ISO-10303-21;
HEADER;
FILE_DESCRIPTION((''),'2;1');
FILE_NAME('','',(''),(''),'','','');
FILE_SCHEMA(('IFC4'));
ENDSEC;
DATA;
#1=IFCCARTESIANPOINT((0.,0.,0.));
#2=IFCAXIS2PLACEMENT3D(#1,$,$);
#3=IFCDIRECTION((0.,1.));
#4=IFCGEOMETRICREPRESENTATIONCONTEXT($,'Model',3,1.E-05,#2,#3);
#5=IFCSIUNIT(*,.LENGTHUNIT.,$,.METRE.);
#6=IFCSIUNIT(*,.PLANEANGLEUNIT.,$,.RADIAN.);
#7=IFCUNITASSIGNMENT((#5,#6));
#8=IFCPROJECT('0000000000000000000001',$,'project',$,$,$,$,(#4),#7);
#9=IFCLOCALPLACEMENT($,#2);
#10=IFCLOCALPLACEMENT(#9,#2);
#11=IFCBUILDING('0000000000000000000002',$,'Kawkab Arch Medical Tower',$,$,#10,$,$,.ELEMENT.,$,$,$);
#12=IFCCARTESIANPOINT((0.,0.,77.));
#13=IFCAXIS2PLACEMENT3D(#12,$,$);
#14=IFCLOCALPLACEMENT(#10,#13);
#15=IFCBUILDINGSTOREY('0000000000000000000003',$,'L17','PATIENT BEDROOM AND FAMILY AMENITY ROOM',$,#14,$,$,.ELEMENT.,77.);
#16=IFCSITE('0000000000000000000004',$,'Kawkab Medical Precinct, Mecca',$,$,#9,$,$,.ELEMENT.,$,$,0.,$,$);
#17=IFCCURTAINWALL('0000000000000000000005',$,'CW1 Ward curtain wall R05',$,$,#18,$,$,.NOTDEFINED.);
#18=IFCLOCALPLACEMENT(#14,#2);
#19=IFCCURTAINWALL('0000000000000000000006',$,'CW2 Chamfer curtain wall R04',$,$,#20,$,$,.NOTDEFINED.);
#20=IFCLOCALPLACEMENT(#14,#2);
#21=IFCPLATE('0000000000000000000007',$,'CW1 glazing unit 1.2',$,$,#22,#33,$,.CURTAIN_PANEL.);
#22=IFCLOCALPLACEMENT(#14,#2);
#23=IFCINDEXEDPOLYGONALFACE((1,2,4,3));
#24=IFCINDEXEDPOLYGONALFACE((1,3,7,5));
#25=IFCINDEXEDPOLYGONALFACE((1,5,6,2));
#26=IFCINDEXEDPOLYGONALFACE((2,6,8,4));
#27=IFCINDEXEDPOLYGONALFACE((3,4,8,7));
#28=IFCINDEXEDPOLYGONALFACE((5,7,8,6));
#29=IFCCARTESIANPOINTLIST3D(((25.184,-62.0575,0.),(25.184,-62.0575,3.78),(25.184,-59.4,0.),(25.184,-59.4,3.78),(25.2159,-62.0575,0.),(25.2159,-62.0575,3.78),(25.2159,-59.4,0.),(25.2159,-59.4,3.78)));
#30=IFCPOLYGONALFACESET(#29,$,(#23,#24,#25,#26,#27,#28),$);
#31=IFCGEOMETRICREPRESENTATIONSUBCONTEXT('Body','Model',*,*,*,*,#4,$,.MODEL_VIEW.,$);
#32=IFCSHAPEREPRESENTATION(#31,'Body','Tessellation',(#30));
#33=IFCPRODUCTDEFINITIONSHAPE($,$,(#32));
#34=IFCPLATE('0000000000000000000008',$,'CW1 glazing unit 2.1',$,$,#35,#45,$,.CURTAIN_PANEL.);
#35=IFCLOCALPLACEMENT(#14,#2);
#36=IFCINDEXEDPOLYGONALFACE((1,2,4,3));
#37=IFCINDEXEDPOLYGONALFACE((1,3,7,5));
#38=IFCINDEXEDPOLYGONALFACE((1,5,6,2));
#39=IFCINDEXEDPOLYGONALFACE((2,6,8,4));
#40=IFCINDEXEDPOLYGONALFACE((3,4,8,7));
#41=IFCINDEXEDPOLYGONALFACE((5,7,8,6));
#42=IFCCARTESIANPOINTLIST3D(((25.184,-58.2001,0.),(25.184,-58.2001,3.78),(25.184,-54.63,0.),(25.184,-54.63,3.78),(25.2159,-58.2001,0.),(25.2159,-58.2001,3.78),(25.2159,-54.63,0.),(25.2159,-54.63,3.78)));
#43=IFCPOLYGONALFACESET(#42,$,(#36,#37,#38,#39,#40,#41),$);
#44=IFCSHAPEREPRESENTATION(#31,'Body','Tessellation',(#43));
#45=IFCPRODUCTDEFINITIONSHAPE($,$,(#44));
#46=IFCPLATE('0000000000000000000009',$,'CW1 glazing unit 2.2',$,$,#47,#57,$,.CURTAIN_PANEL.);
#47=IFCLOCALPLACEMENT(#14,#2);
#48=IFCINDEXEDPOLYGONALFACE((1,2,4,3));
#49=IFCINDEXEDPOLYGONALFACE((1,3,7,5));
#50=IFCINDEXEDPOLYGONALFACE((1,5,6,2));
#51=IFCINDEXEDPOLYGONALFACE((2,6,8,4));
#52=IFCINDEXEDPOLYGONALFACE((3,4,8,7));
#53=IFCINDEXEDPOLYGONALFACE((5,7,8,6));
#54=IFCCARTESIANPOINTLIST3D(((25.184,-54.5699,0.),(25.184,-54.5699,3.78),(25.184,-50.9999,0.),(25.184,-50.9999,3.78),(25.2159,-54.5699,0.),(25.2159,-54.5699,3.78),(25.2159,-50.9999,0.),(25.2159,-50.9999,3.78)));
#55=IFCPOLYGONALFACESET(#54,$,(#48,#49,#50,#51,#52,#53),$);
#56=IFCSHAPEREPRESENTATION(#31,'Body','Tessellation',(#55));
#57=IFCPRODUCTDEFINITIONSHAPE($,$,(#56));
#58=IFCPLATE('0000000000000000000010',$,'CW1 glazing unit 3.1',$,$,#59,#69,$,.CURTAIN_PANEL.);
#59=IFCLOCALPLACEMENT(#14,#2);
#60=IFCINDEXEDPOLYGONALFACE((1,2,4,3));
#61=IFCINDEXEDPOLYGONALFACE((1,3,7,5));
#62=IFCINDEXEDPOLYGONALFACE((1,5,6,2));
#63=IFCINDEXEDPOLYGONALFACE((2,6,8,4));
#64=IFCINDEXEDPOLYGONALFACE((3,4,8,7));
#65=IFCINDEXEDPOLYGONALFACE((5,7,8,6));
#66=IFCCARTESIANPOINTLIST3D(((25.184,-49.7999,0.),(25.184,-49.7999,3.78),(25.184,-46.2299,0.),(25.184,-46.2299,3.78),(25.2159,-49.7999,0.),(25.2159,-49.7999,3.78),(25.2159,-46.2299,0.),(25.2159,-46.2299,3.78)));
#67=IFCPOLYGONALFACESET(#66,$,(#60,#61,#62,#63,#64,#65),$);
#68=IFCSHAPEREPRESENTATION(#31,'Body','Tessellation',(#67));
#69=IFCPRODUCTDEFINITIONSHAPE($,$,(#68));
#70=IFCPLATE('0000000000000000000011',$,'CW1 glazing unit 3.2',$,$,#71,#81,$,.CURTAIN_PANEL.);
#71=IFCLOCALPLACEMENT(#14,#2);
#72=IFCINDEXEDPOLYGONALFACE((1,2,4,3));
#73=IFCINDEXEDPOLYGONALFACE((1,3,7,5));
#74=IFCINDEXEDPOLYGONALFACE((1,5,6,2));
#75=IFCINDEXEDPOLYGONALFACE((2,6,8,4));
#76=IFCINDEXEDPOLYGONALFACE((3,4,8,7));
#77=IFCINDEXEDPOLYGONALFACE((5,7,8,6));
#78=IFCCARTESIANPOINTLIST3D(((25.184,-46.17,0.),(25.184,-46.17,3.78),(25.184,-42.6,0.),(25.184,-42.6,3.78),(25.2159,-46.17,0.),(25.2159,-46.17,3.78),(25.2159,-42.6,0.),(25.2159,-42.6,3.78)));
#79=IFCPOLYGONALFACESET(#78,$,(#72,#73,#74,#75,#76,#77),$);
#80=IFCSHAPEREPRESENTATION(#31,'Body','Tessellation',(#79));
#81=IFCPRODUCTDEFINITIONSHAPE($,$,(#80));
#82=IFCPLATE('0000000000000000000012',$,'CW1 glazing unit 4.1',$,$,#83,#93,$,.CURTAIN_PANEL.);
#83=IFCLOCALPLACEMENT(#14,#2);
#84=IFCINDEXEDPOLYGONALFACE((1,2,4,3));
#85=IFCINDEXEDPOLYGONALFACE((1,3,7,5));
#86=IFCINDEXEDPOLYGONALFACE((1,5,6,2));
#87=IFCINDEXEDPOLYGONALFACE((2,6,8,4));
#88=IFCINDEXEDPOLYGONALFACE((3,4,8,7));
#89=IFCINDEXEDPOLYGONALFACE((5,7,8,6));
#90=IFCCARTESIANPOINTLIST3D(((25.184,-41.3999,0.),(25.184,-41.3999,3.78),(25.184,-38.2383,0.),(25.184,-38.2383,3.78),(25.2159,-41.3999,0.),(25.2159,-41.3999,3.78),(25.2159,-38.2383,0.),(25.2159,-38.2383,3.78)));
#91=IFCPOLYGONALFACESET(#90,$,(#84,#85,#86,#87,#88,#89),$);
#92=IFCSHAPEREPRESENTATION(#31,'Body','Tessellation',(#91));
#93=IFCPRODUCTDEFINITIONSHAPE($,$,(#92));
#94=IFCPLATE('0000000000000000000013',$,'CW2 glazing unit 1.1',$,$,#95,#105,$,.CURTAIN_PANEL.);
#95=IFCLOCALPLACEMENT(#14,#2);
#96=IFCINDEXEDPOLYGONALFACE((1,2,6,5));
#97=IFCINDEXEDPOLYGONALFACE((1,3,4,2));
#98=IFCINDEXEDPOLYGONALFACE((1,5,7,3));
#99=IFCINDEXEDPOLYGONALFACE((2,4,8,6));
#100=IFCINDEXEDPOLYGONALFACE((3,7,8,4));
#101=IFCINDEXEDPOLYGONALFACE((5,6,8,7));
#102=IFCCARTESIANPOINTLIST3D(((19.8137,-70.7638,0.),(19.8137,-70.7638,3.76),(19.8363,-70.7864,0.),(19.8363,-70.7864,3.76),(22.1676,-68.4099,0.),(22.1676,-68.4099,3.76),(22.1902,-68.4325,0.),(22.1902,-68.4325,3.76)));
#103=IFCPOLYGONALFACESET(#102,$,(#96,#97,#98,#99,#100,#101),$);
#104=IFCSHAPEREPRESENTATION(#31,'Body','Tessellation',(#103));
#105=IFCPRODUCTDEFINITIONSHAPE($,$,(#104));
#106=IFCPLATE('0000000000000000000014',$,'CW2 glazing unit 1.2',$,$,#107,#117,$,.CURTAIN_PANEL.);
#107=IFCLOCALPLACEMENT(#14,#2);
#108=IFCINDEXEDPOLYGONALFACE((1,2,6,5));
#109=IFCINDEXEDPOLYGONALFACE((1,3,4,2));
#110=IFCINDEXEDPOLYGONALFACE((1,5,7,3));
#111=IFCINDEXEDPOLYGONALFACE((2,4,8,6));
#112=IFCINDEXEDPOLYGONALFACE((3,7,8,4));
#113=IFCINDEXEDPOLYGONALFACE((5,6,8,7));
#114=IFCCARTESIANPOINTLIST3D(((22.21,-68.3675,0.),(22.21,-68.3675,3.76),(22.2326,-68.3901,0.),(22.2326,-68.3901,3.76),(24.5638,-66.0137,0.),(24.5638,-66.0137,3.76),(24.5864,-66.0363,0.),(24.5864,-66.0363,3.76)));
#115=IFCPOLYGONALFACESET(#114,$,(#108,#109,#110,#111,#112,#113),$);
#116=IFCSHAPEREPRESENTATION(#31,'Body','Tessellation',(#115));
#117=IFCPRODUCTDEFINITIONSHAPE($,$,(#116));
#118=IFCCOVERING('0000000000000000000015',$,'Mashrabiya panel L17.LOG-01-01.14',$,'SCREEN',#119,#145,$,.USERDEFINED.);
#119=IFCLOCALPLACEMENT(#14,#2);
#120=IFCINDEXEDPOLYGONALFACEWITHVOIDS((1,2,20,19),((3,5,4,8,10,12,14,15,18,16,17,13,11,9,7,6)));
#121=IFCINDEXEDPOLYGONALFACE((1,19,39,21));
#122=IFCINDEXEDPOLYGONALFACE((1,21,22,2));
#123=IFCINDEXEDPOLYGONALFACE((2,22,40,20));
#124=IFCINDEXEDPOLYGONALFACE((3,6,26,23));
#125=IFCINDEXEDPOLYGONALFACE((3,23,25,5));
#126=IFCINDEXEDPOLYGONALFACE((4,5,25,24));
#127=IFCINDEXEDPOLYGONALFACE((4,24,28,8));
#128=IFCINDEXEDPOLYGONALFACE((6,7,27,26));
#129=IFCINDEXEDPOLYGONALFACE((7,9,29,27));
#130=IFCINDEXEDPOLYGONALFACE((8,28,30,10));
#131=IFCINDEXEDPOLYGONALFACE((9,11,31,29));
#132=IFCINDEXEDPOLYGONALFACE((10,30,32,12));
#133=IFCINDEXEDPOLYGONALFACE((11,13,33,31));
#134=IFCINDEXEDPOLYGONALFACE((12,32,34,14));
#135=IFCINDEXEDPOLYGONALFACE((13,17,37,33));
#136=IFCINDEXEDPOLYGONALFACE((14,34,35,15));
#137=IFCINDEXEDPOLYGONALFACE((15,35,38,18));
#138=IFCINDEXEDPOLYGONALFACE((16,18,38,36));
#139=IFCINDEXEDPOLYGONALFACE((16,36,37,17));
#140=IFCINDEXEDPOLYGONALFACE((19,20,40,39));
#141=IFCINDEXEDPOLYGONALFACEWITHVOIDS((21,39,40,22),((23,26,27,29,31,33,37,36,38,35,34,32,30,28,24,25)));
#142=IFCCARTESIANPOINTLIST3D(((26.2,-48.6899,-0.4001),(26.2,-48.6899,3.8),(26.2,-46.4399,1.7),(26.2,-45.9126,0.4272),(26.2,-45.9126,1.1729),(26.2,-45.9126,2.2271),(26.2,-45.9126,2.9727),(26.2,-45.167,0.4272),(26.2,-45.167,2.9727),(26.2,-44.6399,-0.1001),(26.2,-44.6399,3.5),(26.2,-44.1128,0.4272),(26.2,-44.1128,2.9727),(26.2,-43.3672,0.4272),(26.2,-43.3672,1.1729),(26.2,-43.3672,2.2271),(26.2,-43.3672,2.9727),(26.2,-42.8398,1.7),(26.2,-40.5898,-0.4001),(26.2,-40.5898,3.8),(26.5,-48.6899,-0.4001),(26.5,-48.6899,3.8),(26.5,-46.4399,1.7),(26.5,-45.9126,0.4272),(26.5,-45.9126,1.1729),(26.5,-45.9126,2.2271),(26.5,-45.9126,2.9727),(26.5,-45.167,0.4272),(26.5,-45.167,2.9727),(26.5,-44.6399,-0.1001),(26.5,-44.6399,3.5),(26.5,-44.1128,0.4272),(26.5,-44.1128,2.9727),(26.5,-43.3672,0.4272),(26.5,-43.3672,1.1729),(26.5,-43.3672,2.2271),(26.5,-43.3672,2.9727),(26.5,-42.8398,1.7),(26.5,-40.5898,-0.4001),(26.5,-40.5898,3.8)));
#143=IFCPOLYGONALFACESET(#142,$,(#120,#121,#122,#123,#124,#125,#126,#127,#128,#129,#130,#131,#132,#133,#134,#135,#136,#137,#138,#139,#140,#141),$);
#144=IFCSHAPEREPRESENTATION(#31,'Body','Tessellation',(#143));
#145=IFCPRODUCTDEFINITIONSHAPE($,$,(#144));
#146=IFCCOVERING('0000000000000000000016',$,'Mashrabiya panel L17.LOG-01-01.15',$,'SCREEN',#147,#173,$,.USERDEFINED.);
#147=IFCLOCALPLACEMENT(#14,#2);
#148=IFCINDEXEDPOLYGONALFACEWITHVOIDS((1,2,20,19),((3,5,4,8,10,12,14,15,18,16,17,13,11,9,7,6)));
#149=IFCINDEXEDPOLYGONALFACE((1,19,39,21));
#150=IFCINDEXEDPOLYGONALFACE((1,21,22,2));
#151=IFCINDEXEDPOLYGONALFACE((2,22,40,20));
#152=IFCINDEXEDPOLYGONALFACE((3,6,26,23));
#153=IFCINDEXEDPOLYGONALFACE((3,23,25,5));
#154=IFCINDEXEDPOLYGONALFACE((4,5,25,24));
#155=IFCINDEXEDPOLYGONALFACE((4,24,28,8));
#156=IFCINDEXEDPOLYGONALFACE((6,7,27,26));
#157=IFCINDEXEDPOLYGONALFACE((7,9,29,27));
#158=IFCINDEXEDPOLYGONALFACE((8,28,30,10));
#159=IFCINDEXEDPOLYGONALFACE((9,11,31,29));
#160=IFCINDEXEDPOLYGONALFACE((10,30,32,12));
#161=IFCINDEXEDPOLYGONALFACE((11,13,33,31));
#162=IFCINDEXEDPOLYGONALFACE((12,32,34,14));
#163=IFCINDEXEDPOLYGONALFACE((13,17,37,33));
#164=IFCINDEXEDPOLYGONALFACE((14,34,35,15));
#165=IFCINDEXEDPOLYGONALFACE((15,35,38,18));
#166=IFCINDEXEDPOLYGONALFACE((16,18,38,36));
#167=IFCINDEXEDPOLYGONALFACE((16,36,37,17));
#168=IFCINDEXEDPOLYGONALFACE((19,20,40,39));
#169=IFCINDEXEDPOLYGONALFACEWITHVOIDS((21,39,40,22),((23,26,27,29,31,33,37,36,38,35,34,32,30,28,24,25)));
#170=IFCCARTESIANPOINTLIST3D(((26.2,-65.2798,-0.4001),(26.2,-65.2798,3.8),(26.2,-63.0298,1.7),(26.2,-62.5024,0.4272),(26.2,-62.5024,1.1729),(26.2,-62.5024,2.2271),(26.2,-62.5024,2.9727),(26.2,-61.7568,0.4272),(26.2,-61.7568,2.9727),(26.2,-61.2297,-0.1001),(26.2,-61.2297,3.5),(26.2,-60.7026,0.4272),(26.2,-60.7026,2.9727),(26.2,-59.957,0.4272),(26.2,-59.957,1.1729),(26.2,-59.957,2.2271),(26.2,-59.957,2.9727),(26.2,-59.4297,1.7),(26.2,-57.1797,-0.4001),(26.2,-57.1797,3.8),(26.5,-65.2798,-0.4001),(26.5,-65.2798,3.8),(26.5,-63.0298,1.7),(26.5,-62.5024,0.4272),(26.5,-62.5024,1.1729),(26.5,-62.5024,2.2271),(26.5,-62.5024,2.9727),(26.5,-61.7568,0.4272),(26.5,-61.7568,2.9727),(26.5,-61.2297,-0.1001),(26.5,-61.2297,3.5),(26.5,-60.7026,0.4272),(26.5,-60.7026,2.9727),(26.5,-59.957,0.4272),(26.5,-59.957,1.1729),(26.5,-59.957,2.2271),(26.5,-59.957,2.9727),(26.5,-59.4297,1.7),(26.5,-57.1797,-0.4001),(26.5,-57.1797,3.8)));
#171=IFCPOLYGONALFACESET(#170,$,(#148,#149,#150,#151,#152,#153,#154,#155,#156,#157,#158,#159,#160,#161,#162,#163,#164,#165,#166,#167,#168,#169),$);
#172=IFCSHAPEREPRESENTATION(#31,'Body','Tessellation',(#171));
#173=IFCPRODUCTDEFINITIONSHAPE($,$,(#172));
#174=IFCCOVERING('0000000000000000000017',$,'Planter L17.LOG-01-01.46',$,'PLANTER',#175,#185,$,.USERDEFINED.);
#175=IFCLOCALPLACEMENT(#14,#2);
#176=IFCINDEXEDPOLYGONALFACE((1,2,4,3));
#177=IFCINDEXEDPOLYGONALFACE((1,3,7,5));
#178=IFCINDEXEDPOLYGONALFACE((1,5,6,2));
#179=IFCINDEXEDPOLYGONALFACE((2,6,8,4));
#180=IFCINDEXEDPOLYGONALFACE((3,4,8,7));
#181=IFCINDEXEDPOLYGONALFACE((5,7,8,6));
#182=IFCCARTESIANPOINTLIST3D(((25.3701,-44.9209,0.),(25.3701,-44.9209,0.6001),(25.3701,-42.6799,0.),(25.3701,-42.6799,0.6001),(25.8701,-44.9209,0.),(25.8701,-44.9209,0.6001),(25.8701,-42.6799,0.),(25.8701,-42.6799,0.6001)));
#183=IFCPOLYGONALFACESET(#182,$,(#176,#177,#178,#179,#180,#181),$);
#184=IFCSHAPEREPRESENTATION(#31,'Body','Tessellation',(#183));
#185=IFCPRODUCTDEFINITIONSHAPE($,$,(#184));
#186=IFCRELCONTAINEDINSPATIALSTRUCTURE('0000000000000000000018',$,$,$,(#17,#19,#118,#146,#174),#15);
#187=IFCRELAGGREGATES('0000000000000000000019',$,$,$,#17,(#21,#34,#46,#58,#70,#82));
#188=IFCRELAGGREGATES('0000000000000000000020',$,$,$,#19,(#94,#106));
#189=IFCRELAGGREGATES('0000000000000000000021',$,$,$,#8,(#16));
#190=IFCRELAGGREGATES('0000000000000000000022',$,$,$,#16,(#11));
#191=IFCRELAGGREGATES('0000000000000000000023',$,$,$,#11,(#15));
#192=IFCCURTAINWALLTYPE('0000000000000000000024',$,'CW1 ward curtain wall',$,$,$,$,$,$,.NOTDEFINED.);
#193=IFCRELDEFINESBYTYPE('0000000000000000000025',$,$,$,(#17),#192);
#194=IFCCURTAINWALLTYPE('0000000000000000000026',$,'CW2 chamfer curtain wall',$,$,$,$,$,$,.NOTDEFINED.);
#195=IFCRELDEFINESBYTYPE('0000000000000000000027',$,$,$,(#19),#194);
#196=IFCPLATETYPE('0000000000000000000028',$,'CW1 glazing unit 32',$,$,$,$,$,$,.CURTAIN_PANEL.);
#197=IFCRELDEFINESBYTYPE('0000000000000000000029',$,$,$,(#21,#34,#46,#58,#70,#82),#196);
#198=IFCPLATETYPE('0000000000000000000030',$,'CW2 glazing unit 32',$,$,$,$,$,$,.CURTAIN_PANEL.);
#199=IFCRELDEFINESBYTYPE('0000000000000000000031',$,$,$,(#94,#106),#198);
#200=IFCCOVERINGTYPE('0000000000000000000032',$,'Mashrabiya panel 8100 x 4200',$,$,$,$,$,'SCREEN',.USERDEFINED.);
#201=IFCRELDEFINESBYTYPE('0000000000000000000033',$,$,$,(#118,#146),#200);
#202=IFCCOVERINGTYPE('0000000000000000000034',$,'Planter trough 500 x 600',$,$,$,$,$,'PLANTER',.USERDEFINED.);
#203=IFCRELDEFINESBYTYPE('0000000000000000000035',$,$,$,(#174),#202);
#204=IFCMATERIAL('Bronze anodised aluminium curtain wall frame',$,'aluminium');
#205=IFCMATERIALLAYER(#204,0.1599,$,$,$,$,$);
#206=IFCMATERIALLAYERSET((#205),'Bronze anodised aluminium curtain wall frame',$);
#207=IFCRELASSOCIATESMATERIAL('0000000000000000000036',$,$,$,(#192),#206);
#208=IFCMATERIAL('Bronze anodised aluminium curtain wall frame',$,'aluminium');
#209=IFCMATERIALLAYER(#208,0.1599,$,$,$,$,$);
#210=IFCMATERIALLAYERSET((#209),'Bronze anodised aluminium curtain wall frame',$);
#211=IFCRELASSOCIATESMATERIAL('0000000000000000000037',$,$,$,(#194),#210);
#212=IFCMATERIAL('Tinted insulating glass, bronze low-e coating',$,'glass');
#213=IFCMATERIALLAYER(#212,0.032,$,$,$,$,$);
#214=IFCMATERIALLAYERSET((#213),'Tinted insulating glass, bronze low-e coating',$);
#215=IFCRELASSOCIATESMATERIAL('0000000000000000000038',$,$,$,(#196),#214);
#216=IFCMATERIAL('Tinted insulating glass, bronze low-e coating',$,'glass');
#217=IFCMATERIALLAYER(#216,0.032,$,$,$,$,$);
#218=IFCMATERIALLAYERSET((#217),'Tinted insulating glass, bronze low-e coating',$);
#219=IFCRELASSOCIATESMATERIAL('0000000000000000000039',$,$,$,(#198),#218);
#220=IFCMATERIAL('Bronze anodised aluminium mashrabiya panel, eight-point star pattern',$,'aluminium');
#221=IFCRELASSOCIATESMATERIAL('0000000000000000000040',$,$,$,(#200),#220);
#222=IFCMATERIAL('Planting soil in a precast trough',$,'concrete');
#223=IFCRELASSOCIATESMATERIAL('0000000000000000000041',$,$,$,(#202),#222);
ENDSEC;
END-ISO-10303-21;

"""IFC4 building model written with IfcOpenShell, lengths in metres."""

from ifc_helpers import new_model, si_unit, direction, frame, origin, origin_2d, place, context, subcontext, project, spatial, polyline, rectangle, outline, extrude, material, layer, layer_set, material_profile, profile_set, type_object, element, aggregate, save


model = new_model("IFC4")

# Units and contexts
model_context = context("Model", 3, precision=1e-05, world=origin(), true_north=direction((0.0, 1.0)))
body_context = subcontext(model_context, "Body", "Model", "MODEL_VIEW")
ifc_project = project(units=[si_unit("LENGTHUNIT", "METRE"), si_unit("PLANEANGLEUNIT", "RADIAN")], contexts=[model_context])

# Site, building, storey
site_placement = place(None, origin())
site = spatial("IfcSite", under=ifc_project, at=site_placement, Name="Kawkab Medical Precinct, Mecca", CompositionType="ELEMENT", RefElevation=0.0)
building_placement = place(site_placement, origin())
building = spatial("IfcBuilding", under=site, at=building_placement, Name="Kawkab Arch Medical Tower", CompositionType="ELEMENT")
storey_placement = place(building_placement, frame((0.0, 0.0, 77.0)))
storey = spatial("IfcBuildingStorey", under=building, at=storey_placement, Name="L17", Description="PATIENT BEDROOM AND FAMILY AMENITY ROOM", CompositionType="ELEMENT", Elevation=77.0)

# Curtain wall
ifc_material_1 = material(Name="Bronze anodised aluminium curtain wall frame", Category="aluminium")
ifc_layer_1 = layer(ifc_material_1, 0.1599)
ifc_layer_set_1 = layer_set([ifc_layer_1], Name="Bronze anodised aluminium curtain wall frame")
curtain_wall_type_1 = type_object("IfcCurtainWallType", Name="CW1 ward curtain wall", PredefinedType="NOTDEFINED", material=ifc_layer_set_1)
placement = place(storey_placement, origin())
curtain_wall_1 = element("IfcCurtainWall", 1, at=placement, inside=storey, type_object=curtain_wall_type_1, Name="CW1 Ward curtain wall R05", PredefinedType="NOTDEFINED")

# Curtain wall
ifc_material_2 = material(Name="Bronze anodised aluminium curtain wall frame", Category="aluminium")
ifc_layer_2 = layer(ifc_material_2, 0.1599)
ifc_layer_set_2 = layer_set([ifc_layer_2], Name="Bronze anodised aluminium curtain wall frame")
curtain_wall_type_2 = type_object("IfcCurtainWallType", Name="CW2 chamfer curtain wall", PredefinedType="NOTDEFINED", material=ifc_layer_set_2)
curtain_wall_2 = element("IfcCurtainWall", 2, at=placement, inside=storey, type_object=curtain_wall_type_2, Name="CW2 Chamfer curtain wall R04", PredefinedType="NOTDEFINED")

# Plates
ifc_material_3 = material(Name="Tinted insulating glass, bronze low-e coating", Category="glass")
ifc_layer_3 = layer(ifc_material_3, 0.032)
ifc_layer_set_3 = layer_set([ifc_layer_3], Name="Tinted insulating glass, bronze low-e coating")
plate_type_1 = type_object("IfcPlateType", Name="CW1 glazing unit 32", PredefinedType="CURTAIN_PANEL", material=ifc_layer_set_3)
plate_1_placement = place(storey_placement, frame((25.2, -60.7288, 0.0), z_axis=(0.0, 0.0, 1.0), x_axis=(0.0, 1.0, 0.0)))
plate_1 = element("IfcPlate", 3, at=plate_1_placement, type_object=plate_type_1, Name="CW1 glazing unit 1.2", PredefinedType="CURTAIN_PANEL", context=body_context, shape_type="SweptSolid", body=[
    extrude(rectangle(XDim=2.6575, YDim=0.032, at=origin_2d()), origin(), (0.0, 0.0, 1.0), 3.78),
])
plate_2_placement = place(storey_placement, frame((25.2, -56.415, 0.0), z_axis=(0.0, 0.0, 1.0), x_axis=(0.0, 1.0, 0.0)))
plate_2 = element("IfcPlate", 4, at=plate_2_placement, type_object=plate_type_1, Name="CW1 glazing unit 2.1", PredefinedType="CURTAIN_PANEL", context=body_context, shape_type="SweptSolid", body=[
    extrude(rectangle(XDim=3.5701, YDim=0.032, at=origin_2d()), origin(), (0.0, 0.0, 1.0), 3.78),
])
plate_3_placement = place(storey_placement, frame((25.2, -52.7849, 0.0), z_axis=(0.0, 0.0, 1.0), x_axis=(0.0, 1.0, 0.0)))
plate_3 = element("IfcPlate", 5, at=plate_3_placement, type_object=plate_type_1, Name="CW1 glazing unit 2.2", PredefinedType="CURTAIN_PANEL", context=body_context, shape_type="SweptSolid", body=[
    extrude(rectangle(XDim=3.5701, YDim=0.032, at=origin_2d()), origin(), (0.0, 0.0, 1.0), 3.78),
])
plate_4_placement = place(storey_placement, frame((25.2, -48.0149, 0.0), z_axis=(0.0, 0.0, 1.0), x_axis=(0.0, 1.0, 0.0)))
plate_4 = element("IfcPlate", 6, at=plate_4_placement, type_object=plate_type_1, Name="CW1 glazing unit 3.1", PredefinedType="CURTAIN_PANEL", context=body_context, shape_type="SweptSolid", body=[
    extrude(rectangle(XDim=3.5701, YDim=0.032, at=origin_2d()), origin(), (0.0, 0.0, 1.0), 3.78),
])
plate_5_placement = place(storey_placement, frame((25.2, -44.385, 0.0), z_axis=(0.0, 0.0, 1.0), x_axis=(0.0, 1.0, 0.0)))
plate_5 = element("IfcPlate", 7, at=plate_5_placement, type_object=plate_type_1, Name="CW1 glazing unit 3.2", PredefinedType="CURTAIN_PANEL", context=body_context, shape_type="SweptSolid", body=[
    extrude(rectangle(XDim=3.5701, YDim=0.032, at=origin_2d()), origin(), (0.0, 0.0, 1.0), 3.78),
])
plate_6_placement = place(storey_placement, frame((25.2, -39.8191, 0.0), z_axis=(0.0, 0.0, 1.0), x_axis=(0.0, 1.0, 0.0)))
plate_6 = element("IfcPlate", 8, at=plate_6_placement, type_object=plate_type_1, Name="CW1 glazing unit 4.1", PredefinedType="CURTAIN_PANEL", context=body_context, shape_type="SweptSolid", body=[
    extrude(rectangle(XDim=3.1616, YDim=0.032, at=origin_2d()), origin(), (0.0, 0.0, 1.0), 3.78),
])
aggregate(curtain_wall_1, [plate_1, plate_2, plate_3, plate_4, plate_5, plate_6])
ifc_material_4 = material(Name="Tinted insulating glass, bronze low-e coating", Category="glass")
ifc_layer_4 = layer(ifc_material_4, 0.032)
ifc_layer_set_4 = layer_set([ifc_layer_4], Name="Tinted insulating glass, bronze low-e coating")
plate_type_2 = type_object("IfcPlateType", Name="CW2 glazing unit 32", PredefinedType="CURTAIN_PANEL", material=ifc_layer_set_4)
plate_7_placement = place(storey_placement, frame((21.002, -69.5981, 0.0), z_axis=(0.0, 0.0, 1.0), x_axis=(0.707107, 0.707107, 0.0)))
plate_7 = element("IfcPlate", 9, at=plate_7_placement, type_object=plate_type_2, Name="CW2 glazing unit 1.1", PredefinedType="CURTAIN_PANEL", context=body_context, shape_type="SweptSolid", body=[
    extrude(rectangle(XDim=3.3289, YDim=0.032, at=origin_2d()), origin(), (0.0, 0.0, 1.0), 3.76),
])
plate_8_placement = place(storey_placement, frame((23.3982, -67.2019, 0.0), z_axis=(0.0, 0.0, 1.0), x_axis=(0.707107, 0.707107, 0.0)))
plate_8 = element("IfcPlate", 10, at=plate_8_placement, type_object=plate_type_2, Name="CW2 glazing unit 1.2", PredefinedType="CURTAIN_PANEL", context=body_context, shape_type="SweptSolid", body=[
    extrude(rectangle(XDim=3.3289, YDim=0.032, at=origin_2d()), origin(), (0.0, 0.0, 1.0), 3.76),
])
aggregate(curtain_wall_2, [plate_7, plate_8])

# Coverings
ifc_material_5 = material(Name="Bronze anodised aluminium mashrabiya panel, eight-point star pattern", Category="aluminium")
ifc_material_profile_1 = material_profile(ifc_material_5, outline(polyline([(-4.05, -2.1001), (4.05, -2.1001), (4.05, 2.1001), (-4.05, 2.1001), (-4.05, -2.1001)]), holes=[polyline([(1.8, 0.0), (1.2727, 0.5271), (1.2727, 1.2727), (0.5271, 1.2727), (0.0, 1.8), (-0.5271, 1.2727), (-1.2727, 1.2727), (-1.2727, 0.5271), (-1.8, 0.0), (-1.2727, -0.5271), (-1.2727, -1.2727), (-0.5271, -1.2727), (0.0, -1.8), (0.5271, -1.2727), (1.2727, -1.2727), (1.2727, -0.5271), (1.8, 0.0)])]), Name="Mashrabiya panel 8100x4200")
ifc_profile_set_1 = profile_set([ifc_material_profile_1], Name="Bronze anodised aluminium mashrabiya panel, eight-point star pattern")
covering_type_1 = type_object("IfcCoveringType", Name="Mashrabiya panel 8100 x 4200", ElementType="SCREEN", PredefinedType="USERDEFINED", material=ifc_profile_set_1)
for number, where, z_axis, x_axis, name in (
    (11, (26.2, -44.6399, 1.7), (1.0, 0.0, 0.0), (0.0, 1.0, 0.0), "Mashrabiya panel L17.LOG-01-01.14"),
    (12, (26.2, -61.2297, 1.7), (1.0, 0.0, 0.0), (0.0, 1.0, 0.0), "Mashrabiya panel L17.LOG-01-01.15"),
):
    element("IfcCovering", number, at=place(storey_placement, frame(where, z_axis=z_axis, x_axis=x_axis)), inside=storey, type_object=covering_type_1, Name=name, ObjectType="SCREEN", PredefinedType="USERDEFINED", context=body_context, shape_type="SweptSolid", body=[
        extrude(outline(polyline([(-4.05, -2.1001), (4.05, -2.1001), (4.05, 2.1001), (-4.05, 2.1001), (-4.05, -2.1001)]), holes=[polyline([(1.8, 0.0), (1.2727, 0.5271), (1.2727, 1.2727), (0.5271, 1.2727), (0.0, 1.8), (-0.5271, 1.2727), (-1.2727, 1.2727), (-1.2727, 0.5271), (-1.8, 0.0), (-1.2727, -0.5271), (-1.2727, -1.2727), (-0.5271, -1.2727), (0.0, -1.8), (0.5271, -1.2727), (1.2727, -1.2727), (1.2727, -0.5271), (1.8, 0.0)])]), origin(), (0.0, 0.0, 1.0), 0.3),
    ])
ifc_material_6 = material(Name="Planting soil in a precast trough", Category="concrete")
ifc_material_profile_2 = material_profile(ifc_material_6, rectangle(XDim=0.5, YDim=0.6001, at=origin_2d()), Name="Trough 500x600")
ifc_profile_set_2 = profile_set([ifc_material_profile_2], Name="Planting soil in a precast trough")
covering_type_2 = type_object("IfcCoveringType", Name="Planter trough 500 x 600", ElementType="PLANTER", PredefinedType="USERDEFINED", material=ifc_profile_set_2)
covering_1_placement = place(storey_placement, frame((25.6201, -42.6799, 0.3), z_axis=(0.0, -1.0, 0.0), x_axis=(1.0, 0.0, 0.0)))
element("IfcCovering", 13, at=covering_1_placement, inside=storey, type_object=covering_type_2, Name="Planter L17.LOG-01-01.46", ObjectType="PLANTER", PredefinedType="USERDEFINED", context=body_context, shape_type="SweptSolid", body=[
    extrude(rectangle(XDim=0.5, YDim=0.6001, at=origin_2d()), origin(), (0.0, 0.0, 1.0), 2.241),
])

save(model, "model.ifc")
